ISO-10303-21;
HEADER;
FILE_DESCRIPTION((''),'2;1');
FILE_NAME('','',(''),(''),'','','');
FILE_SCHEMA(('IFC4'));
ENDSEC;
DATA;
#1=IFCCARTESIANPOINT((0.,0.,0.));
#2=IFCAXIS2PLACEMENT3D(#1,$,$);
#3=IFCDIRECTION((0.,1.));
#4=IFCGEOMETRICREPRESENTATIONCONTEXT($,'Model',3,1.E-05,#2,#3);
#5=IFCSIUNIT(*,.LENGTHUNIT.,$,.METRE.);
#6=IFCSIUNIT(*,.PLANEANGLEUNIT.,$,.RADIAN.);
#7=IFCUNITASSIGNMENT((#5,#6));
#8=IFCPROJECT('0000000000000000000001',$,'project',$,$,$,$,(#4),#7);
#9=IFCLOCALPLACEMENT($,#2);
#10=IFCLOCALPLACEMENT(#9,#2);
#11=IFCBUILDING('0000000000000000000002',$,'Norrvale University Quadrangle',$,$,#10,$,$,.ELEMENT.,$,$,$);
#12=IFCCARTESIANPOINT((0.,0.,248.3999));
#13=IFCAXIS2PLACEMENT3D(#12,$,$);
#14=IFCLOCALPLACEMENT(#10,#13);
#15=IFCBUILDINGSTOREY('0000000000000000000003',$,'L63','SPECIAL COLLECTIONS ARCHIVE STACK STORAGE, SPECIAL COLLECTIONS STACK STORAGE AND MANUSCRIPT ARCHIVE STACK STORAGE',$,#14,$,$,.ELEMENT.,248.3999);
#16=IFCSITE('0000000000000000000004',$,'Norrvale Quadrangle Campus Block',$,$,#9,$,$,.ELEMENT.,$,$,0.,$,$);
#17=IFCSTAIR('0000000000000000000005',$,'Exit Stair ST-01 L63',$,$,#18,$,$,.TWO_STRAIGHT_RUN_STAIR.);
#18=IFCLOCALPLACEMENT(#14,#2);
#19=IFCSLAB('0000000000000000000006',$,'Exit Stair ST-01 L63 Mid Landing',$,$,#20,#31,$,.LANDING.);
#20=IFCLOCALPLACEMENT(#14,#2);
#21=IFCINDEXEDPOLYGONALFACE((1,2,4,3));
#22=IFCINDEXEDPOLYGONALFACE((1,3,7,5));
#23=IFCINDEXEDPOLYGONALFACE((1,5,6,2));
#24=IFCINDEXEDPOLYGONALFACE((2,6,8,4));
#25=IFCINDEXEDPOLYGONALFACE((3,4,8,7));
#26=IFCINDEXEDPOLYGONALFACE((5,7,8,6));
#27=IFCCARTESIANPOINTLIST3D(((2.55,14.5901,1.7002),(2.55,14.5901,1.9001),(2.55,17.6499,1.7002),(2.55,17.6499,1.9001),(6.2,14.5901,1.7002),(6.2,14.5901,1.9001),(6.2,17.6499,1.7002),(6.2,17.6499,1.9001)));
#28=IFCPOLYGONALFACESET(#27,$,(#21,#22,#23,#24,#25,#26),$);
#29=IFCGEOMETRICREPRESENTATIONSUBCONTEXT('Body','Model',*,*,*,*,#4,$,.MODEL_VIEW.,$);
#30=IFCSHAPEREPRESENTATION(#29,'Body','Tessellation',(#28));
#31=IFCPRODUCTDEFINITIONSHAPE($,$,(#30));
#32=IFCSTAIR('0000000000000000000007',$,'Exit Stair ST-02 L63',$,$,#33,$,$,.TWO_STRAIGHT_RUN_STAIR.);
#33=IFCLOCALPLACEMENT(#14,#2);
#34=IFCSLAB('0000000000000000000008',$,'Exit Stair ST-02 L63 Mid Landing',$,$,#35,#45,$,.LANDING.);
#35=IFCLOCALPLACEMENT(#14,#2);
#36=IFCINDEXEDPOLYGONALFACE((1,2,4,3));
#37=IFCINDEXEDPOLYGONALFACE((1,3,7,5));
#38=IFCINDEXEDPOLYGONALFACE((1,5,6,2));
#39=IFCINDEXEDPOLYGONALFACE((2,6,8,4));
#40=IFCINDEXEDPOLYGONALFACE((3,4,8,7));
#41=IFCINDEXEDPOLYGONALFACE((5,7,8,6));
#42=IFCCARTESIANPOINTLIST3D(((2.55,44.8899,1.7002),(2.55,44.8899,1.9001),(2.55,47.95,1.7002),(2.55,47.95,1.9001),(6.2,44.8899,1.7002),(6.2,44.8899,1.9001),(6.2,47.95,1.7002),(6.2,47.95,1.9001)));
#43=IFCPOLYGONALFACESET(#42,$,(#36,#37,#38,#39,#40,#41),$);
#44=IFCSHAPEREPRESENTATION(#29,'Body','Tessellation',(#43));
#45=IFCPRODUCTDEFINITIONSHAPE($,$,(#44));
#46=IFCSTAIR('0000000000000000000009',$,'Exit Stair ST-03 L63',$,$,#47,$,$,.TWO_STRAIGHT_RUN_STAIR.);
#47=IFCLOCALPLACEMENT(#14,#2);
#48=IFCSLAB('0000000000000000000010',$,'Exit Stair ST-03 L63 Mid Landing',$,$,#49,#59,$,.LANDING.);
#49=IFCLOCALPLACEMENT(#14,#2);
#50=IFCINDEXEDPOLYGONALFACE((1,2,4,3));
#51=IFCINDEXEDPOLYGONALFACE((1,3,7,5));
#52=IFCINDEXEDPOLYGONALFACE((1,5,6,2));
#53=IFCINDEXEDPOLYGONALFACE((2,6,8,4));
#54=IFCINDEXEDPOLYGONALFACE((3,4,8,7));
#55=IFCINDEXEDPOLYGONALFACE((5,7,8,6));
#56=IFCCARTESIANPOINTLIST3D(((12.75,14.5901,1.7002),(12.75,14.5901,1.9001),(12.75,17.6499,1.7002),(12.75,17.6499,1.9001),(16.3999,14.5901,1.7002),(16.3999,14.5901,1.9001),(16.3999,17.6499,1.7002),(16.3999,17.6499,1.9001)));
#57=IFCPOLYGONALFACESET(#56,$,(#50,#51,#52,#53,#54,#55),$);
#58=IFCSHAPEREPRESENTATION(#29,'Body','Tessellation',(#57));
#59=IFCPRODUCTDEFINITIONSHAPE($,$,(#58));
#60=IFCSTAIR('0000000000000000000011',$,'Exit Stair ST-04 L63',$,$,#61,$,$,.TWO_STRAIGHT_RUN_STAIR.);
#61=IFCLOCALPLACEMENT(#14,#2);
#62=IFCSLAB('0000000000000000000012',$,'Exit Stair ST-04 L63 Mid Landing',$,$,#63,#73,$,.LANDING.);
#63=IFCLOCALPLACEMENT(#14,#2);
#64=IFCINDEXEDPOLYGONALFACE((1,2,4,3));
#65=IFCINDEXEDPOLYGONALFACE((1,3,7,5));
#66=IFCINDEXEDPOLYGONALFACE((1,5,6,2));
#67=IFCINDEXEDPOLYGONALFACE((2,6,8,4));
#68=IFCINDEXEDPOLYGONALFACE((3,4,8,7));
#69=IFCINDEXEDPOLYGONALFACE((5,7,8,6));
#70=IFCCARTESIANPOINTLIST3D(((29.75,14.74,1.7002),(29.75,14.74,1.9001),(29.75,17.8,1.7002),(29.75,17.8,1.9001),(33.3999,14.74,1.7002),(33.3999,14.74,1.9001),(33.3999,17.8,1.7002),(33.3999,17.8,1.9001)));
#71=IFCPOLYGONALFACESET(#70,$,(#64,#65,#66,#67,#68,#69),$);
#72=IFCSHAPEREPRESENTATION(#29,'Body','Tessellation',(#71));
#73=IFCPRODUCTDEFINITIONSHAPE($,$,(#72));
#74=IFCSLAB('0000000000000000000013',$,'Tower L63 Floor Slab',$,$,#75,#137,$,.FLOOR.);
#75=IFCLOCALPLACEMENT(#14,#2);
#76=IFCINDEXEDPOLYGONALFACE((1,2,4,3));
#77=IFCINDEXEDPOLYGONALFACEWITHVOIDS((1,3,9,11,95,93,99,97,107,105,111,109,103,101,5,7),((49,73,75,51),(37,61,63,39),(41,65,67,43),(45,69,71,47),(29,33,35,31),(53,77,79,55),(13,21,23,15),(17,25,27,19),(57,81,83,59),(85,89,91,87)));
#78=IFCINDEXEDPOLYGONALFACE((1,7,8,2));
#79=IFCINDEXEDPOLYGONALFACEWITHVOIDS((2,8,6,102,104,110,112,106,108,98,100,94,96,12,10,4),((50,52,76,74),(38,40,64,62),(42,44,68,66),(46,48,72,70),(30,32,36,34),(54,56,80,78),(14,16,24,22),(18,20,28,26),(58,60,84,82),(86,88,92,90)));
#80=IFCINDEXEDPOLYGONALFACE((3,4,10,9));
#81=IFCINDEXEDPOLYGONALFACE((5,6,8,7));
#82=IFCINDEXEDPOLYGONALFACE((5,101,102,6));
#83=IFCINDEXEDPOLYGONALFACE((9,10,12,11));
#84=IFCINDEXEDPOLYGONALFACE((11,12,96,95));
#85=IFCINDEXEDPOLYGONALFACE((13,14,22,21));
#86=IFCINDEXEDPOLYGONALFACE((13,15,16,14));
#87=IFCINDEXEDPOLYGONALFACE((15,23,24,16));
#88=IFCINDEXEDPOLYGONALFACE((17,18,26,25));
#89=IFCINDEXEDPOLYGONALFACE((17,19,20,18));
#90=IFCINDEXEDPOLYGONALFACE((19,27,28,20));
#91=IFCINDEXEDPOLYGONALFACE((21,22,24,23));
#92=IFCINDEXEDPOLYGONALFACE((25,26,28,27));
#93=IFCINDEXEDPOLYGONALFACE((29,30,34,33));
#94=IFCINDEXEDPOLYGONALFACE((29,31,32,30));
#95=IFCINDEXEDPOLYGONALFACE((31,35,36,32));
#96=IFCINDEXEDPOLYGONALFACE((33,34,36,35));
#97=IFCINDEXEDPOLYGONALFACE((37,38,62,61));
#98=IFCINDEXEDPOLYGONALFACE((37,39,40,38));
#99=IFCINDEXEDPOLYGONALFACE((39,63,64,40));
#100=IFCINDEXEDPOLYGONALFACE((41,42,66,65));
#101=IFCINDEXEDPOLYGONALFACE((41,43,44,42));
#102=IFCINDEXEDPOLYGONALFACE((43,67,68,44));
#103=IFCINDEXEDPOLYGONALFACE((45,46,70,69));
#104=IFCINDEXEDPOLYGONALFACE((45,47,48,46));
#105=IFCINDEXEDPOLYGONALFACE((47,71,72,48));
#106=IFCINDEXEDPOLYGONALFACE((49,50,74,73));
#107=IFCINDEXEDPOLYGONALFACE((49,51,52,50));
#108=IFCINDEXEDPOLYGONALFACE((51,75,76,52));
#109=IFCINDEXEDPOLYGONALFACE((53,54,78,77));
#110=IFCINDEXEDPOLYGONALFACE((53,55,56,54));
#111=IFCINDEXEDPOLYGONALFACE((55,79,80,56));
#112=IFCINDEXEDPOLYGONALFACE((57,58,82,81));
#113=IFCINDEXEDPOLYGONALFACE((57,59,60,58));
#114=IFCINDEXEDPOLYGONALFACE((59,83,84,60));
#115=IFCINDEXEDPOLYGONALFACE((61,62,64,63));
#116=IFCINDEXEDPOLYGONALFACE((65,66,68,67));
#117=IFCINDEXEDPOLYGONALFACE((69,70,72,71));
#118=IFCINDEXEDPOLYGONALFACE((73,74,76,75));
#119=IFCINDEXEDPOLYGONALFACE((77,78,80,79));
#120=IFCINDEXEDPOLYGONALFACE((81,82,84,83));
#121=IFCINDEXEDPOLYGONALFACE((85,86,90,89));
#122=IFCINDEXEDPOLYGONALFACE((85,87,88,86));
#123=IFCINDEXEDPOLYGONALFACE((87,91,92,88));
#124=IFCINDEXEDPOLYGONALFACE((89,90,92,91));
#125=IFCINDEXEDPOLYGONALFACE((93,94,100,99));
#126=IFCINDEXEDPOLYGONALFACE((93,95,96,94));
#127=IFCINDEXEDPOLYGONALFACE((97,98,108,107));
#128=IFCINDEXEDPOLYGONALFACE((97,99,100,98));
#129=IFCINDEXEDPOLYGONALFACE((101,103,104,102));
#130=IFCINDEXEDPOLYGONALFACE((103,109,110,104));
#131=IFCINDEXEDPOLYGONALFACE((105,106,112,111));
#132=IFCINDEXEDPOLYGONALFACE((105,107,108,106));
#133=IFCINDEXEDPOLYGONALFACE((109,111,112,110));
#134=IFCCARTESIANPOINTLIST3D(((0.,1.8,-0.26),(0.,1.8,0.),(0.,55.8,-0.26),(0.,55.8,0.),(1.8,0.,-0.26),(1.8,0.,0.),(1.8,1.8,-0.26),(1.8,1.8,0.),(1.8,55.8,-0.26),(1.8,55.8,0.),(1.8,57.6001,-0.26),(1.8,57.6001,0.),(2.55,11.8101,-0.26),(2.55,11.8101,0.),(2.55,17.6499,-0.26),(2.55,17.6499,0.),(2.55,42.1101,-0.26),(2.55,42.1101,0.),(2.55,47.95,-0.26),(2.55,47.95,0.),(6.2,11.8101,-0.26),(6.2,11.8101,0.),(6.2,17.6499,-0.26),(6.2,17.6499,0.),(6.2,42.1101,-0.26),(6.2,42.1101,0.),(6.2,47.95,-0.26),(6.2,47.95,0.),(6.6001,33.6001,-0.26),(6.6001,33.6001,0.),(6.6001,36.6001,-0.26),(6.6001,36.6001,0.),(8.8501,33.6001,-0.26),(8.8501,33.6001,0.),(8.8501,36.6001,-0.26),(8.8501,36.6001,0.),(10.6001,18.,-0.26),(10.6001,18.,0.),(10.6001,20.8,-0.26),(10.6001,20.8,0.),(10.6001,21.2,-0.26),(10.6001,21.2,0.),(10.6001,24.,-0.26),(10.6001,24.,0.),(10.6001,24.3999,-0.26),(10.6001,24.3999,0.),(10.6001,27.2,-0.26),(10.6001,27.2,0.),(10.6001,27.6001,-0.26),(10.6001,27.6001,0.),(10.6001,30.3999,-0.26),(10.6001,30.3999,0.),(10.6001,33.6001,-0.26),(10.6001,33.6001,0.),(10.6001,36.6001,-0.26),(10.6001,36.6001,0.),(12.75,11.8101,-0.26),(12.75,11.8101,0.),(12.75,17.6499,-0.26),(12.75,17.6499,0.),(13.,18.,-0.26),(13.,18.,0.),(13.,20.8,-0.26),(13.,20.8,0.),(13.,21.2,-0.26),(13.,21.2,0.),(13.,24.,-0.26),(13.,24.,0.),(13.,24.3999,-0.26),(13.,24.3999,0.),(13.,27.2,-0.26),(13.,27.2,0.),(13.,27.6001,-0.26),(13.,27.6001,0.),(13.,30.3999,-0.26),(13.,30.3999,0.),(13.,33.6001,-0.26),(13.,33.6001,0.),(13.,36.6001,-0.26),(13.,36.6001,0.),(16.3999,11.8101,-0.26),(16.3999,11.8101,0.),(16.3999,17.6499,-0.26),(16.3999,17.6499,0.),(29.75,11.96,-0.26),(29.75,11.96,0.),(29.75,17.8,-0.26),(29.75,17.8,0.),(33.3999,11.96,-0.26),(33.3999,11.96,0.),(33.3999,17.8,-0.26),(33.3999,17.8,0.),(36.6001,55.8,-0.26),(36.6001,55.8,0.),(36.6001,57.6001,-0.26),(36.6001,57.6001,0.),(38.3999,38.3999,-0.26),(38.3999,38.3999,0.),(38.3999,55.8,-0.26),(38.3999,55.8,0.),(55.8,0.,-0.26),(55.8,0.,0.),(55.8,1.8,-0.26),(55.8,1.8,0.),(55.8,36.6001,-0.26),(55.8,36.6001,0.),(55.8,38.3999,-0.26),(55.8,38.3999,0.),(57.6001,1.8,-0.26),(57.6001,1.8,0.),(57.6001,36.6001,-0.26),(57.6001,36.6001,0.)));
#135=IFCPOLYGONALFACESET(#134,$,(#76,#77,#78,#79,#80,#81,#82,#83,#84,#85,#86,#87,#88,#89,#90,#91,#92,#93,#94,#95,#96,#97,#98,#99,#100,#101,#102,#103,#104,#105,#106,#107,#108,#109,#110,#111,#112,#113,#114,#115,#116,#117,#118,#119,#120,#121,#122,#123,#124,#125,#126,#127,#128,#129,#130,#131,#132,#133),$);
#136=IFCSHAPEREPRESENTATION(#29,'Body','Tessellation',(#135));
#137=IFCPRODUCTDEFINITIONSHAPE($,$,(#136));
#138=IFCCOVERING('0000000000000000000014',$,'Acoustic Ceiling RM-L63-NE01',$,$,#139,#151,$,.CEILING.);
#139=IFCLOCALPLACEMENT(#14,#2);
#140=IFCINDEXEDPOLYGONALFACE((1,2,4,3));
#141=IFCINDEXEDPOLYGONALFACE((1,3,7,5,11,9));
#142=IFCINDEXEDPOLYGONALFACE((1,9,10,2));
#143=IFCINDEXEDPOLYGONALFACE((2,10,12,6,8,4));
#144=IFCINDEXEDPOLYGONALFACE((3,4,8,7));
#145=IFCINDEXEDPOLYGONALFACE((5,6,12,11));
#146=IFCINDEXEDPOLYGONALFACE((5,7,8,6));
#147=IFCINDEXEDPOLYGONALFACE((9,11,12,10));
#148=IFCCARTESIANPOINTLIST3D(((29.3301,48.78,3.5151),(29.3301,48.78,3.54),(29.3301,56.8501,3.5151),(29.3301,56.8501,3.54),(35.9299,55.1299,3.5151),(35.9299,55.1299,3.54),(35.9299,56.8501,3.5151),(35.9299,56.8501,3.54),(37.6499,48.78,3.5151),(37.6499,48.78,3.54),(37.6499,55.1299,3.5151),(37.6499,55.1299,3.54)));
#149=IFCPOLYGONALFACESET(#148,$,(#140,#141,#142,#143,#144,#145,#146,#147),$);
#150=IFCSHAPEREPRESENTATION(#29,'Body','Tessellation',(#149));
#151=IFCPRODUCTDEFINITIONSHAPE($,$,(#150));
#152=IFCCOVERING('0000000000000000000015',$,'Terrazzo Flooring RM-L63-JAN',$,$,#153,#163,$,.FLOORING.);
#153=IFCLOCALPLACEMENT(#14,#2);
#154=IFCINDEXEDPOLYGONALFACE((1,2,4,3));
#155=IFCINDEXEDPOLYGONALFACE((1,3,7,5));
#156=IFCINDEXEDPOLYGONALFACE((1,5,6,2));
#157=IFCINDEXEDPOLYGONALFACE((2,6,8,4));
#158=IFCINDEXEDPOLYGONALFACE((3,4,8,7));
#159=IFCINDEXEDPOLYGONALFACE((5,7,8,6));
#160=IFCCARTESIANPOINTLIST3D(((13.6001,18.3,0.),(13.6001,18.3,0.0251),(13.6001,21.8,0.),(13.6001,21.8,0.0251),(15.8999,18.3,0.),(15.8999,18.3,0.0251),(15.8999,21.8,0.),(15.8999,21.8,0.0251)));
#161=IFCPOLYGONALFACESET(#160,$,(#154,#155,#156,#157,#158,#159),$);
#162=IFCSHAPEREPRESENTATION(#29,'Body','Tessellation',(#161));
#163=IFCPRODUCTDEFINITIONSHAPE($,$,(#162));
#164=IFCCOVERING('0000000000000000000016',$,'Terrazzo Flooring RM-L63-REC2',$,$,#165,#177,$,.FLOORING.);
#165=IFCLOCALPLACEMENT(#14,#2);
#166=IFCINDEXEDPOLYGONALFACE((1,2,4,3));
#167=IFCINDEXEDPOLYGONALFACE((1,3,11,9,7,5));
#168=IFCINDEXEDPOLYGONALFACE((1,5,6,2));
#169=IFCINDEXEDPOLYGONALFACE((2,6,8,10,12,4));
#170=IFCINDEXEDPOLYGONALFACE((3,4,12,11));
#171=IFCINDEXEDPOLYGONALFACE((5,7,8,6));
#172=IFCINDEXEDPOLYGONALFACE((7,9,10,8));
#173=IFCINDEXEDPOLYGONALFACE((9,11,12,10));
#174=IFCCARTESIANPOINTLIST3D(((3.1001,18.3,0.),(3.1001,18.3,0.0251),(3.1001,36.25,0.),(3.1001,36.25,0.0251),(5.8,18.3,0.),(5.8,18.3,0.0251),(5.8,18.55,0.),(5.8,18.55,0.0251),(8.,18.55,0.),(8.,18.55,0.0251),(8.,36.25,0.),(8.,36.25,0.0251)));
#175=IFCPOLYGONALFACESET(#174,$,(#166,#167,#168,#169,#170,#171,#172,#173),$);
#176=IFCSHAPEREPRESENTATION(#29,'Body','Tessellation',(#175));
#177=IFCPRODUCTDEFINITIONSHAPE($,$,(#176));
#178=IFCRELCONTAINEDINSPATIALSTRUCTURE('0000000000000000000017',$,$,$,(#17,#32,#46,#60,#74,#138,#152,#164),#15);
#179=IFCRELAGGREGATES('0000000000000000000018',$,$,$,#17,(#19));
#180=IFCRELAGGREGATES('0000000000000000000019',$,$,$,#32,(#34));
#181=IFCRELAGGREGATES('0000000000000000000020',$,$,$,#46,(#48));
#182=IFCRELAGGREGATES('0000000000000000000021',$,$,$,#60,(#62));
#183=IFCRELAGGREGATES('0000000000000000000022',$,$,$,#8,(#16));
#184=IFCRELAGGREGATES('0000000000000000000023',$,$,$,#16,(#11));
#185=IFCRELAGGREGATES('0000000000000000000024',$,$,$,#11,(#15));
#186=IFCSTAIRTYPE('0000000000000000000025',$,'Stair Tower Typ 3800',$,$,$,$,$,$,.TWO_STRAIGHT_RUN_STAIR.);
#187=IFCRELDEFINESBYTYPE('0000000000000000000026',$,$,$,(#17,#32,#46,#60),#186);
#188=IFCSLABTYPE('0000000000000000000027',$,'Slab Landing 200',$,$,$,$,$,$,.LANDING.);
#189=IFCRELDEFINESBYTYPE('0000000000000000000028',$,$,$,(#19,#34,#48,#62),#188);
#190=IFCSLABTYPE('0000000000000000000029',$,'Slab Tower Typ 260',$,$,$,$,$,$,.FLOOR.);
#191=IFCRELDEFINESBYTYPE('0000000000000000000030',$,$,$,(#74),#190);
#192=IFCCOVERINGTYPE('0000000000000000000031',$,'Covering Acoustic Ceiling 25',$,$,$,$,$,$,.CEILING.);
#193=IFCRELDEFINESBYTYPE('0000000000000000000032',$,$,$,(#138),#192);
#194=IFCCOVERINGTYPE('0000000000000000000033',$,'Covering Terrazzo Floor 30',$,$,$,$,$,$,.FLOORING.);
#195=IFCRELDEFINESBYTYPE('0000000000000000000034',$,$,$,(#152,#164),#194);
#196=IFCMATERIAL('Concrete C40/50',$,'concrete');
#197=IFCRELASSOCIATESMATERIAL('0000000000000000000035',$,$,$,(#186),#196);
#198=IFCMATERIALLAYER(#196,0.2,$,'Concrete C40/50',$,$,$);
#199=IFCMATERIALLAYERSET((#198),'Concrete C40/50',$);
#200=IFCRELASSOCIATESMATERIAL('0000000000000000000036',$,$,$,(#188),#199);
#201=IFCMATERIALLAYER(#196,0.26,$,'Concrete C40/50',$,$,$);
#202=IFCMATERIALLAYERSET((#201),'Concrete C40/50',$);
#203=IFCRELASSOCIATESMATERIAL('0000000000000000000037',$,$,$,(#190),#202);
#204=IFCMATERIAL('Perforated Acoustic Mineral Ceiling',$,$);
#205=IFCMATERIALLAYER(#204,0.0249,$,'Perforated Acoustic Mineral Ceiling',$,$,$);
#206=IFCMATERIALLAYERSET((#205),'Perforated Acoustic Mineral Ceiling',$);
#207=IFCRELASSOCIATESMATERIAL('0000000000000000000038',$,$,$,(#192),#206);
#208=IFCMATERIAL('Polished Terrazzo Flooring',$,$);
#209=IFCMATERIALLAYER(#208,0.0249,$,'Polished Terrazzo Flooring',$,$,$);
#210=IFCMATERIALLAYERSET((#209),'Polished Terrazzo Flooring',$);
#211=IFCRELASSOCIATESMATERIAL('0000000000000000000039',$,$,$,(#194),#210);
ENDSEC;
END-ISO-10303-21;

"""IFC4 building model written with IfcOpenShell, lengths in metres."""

from ifc_helpers import new_model, si_unit, direction, frame, origin, place, context, subcontext, project, spatial, polyline, outline, extrude, material, layer, layer_set, type_object, element, aggregate, save


model = new_model("IFC4")

# Units and contexts
model_context = context("Model", 3, precision=1e-05, world=origin(), true_north=direction((0.0, 1.0)))
body_context = subcontext(model_context, "Body", "Model", "MODEL_VIEW")
ifc_project = project(units=[si_unit("LENGTHUNIT", "METRE"), si_unit("PLANEANGLEUNIT", "RADIAN")], contexts=[model_context])

# Site, building, storey
site_placement = place(None, origin())
site = spatial("IfcSite", under=ifc_project, at=site_placement, Name="Norrvale Quadrangle Campus Block", CompositionType="ELEMENT", RefElevation=0.0)
building_placement = place(site_placement, origin())
building = spatial("IfcBuilding", under=site, at=building_placement, Name="Norrvale University Quadrangle", CompositionType="ELEMENT")
storey_placement = place(building_placement, frame((0.0, 0.0, 248.3999)))
storey = spatial("IfcBuildingStorey", under=building, at=storey_placement, Name="L63", Description="SPECIAL COLLECTIONS ARCHIVE STACK STORAGE, SPECIAL COLLECTIONS STACK STORAGE AND MANUSCRIPT ARCHIVE STACK STORAGE", CompositionType="ELEMENT", Elevation=248.3999)

# Stairs, slabs
ifc_material_1 = material(Name="Concrete C40/50", Category="concrete")
stair_type = type_object("IfcStairType", Name="Stair Tower Typ 3800", PredefinedType="TWO_STRAIGHT_RUN_STAIR", material=ifc_material_1)
stair_1_placement = place(storey_placement, origin())
stair_1 = element("IfcStair", 1, at=stair_1_placement, inside=storey, type_object=stair_type, Name="Exit Stair ST-01 L63", PredefinedType="TWO_STRAIGHT_RUN_STAIR")
ifc_layer_1 = layer(ifc_material_1, 0.2, Name="Concrete C40/50")
ifc_layer_set_1 = layer_set([ifc_layer_1], Name="Concrete C40/50")
slab_type_1 = type_object("IfcSlabType", Name="Slab Landing 200", PredefinedType="LANDING", material=ifc_layer_set_1)
slab_1_placement = place(storey_placement, frame((0.0, 0.0, 1.7002)))
slab_1 = element("IfcSlab", 2, at=slab_1_placement, type_object=slab_type_1, Name="Exit Stair ST-01 L63 Mid Landing", PredefinedType="LANDING", context=body_context, shape_type="SweptSolid", body=[
    extrude(outline(polyline([(2.55, 14.5901), (6.2, 14.5901), (6.2, 17.6499), (2.55, 17.6499), (2.55, 14.5901)])), origin(), (0.0, 0.0, 1.0), 0.2),
])
aggregate(stair_1, [slab_1])
stair_2_placement = place(storey_placement, origin())
stair_2 = element("IfcStair", 3, at=stair_2_placement, inside=storey, type_object=stair_type, Name="Exit Stair ST-02 L63", PredefinedType="TWO_STRAIGHT_RUN_STAIR")
slab_2_placement = place(storey_placement, frame((0.0, 0.0, 1.7002)))
slab_2 = element("IfcSlab", 4, at=slab_2_placement, type_object=slab_type_1, Name="Exit Stair ST-02 L63 Mid Landing", PredefinedType="LANDING", context=body_context, shape_type="SweptSolid", body=[
    extrude(outline(polyline([(2.55, 44.8899), (6.2, 44.8899), (6.2, 47.95), (2.55, 47.95), (2.55, 44.8899)])), origin(), (0.0, 0.0, 1.0), 0.2),
])
aggregate(stair_2, [slab_2])
stair_3_placement = place(storey_placement, origin())
stair_3 = element("IfcStair", 5, at=stair_3_placement, inside=storey, type_object=stair_type, Name="Exit Stair ST-03 L63", PredefinedType="TWO_STRAIGHT_RUN_STAIR")
slab_3_placement = place(storey_placement, frame((0.0, 0.0, 1.7002)))
slab_3 = element("IfcSlab", 6, at=slab_3_placement, type_object=slab_type_1, Name="Exit Stair ST-03 L63 Mid Landing", PredefinedType="LANDING", context=body_context, shape_type="SweptSolid", body=[
    extrude(outline(polyline([(12.75, 14.5901), (16.3999, 14.5901), (16.3999, 17.6499), (12.75, 17.6499), (12.75, 14.5901)])), origin(), (0.0, 0.0, 1.0), 0.2),
])
aggregate(stair_3, [slab_3])
stair_4_placement = place(storey_placement, origin())
stair_4 = element("IfcStair", 7, at=stair_4_placement, inside=storey, type_object=stair_type, Name="Exit Stair ST-04 L63", PredefinedType="TWO_STRAIGHT_RUN_STAIR")
slab_4_placement = place(storey_placement, frame((0.0, 0.0, 1.7002)))
slab_4 = element("IfcSlab", 8, at=slab_4_placement, type_object=slab_type_1, Name="Exit Stair ST-04 L63 Mid Landing", PredefinedType="LANDING", context=body_context, shape_type="SweptSolid", body=[
    extrude(outline(polyline([(29.75, 14.74), (33.3999, 14.74), (33.3999, 17.8), (29.75, 17.8), (29.75, 14.74)])), origin(), (0.0, 0.0, 1.0), 0.2),
])
aggregate(stair_4, [slab_4])

# Slab
ifc_layer_2 = layer(ifc_material_1, 0.26, Name="Concrete C40/50")
ifc_layer_set_2 = layer_set([ifc_layer_2], Name="Concrete C40/50")
slab_type_2 = type_object("IfcSlabType", Name="Slab Tower Typ 260", PredefinedType="FLOOR", material=ifc_layer_set_2)
slab_5_placement = place(storey_placement, frame((0.0, 0.0, -0.26)))
element("IfcSlab", 9, at=slab_5_placement, inside=storey, type_object=slab_type_2, Name="Tower L63 Floor Slab", PredefinedType="FLOOR", context=body_context, shape_type="SweptSolid", body=[
    extrude(outline(polyline([(1.8, 0.0), (55.8, 0.0), (55.8, 1.8), (57.6001, 1.8), (57.6001, 36.6001), (55.8, 36.6001), (55.8, 38.3999), (38.3999, 38.3999), (38.3999, 55.8), (36.6001, 55.8), (36.6001, 57.6001), (1.8, 57.6001), (1.8, 55.8), (0.0, 55.8), (0.0, 1.8), (1.8, 1.8), (1.8, 0.0)]), holes=[polyline([(2.55, 11.8101), (6.2, 11.8101), (6.2, 17.6499), (2.55, 17.6499), (2.55, 11.8101)]), polyline([(2.55, 42.1101), (6.2, 42.1101), (6.2, 47.95), (2.55, 47.95), (2.55, 42.1101)]), polyline([(12.75, 11.8101), (16.3999, 11.8101), (16.3999, 17.6499), (12.75, 17.6499), (12.75, 11.8101)]), polyline([(29.75, 11.96), (33.3999, 11.96), (33.3999, 17.8), (29.75, 17.8), (29.75, 11.96)]), polyline([(10.6001, 18.0), (13.0, 18.0), (13.0, 20.8), (10.6001, 20.8), (10.6001, 18.0)]), polyline([(10.6001, 21.2), (13.0, 21.2), (13.0, 24.0), (10.6001, 24.0), (10.6001, 21.2)]), polyline([(10.6001, 24.3999), (13.0, 24.3999), (13.0, 27.2), (10.6001, 27.2), (10.6001, 24.3999)]), polyline([(10.6001, 27.6001), (13.0, 27.6001), (13.0, 30.3999), (10.6001, 30.3999), (10.6001, 27.6001)]), polyline([(6.6001, 33.6001), (8.8501, 33.6001), (8.8501, 36.6001), (6.6001, 36.6001), (6.6001, 33.6001)]), polyline([(10.6001, 33.6001), (13.0, 33.6001), (13.0, 36.6001), (10.6001, 36.6001), (10.6001, 33.6001)])]), origin(), (0.0, 0.0, 1.0), 0.26),
])

# Coverings
ifc_material_2 = material(Name="Perforated Acoustic Mineral Ceiling")
ifc_layer_3 = layer(ifc_material_2, 0.0249, Name="Perforated Acoustic Mineral Ceiling")
ifc_layer_set_3 = layer_set([ifc_layer_3], Name="Perforated Acoustic Mineral Ceiling")
covering_type_1 = type_object("IfcCoveringType", Name="Covering Acoustic Ceiling 25", PredefinedType="CEILING", material=ifc_layer_set_3)
covering_1_placement = place(storey_placement, frame((0.0, 0.0, 3.5151)))
element("IfcCovering", 10, at=covering_1_placement, inside=storey, type_object=covering_type_1, Name="Acoustic Ceiling RM-L63-NE01", PredefinedType="CEILING", context=body_context, shape_type="SweptSolid", body=[
    extrude(outline(polyline([(37.6499, 48.78), (29.3301, 48.78), (29.3301, 56.8501), (35.9299, 56.8501), (35.9299, 55.1299), (37.6499, 55.1299), (37.6499, 48.78)])), origin(), (0.0, 0.0, 1.0), 0.0249),
])
ifc_material_3 = material(Name="Polished Terrazzo Flooring")
ifc_layer_4 = layer(ifc_material_3, 0.0249, Name="Polished Terrazzo Flooring")
ifc_layer_set_4 = layer_set([ifc_layer_4], Name="Polished Terrazzo Flooring")
covering_type_2 = type_object("IfcCoveringType", Name="Covering Terrazzo Floor 30", PredefinedType="FLOORING", material=ifc_layer_set_4)
covering_2_placement = place(storey_placement, origin())
element("IfcCovering", 11, at=covering_2_placement, inside=storey, type_object=covering_type_2, Name="Terrazzo Flooring RM-L63-JAN", PredefinedType="FLOORING", context=body_context, shape_type="SweptSolid", body=[
    extrude(outline(polyline([(13.6001, 18.3), (13.6001, 21.8), (15.8999, 21.8), (15.8999, 18.3), (13.6001, 18.3)])), origin(), (0.0, 0.0, 1.0), 0.0251),
])
covering_3_placement = place(storey_placement, origin())
element("IfcCovering", 12, at=covering_3_placement, inside=storey, type_object=covering_type_2, Name="Terrazzo Flooring RM-L63-REC2", PredefinedType="FLOORING", context=body_context, shape_type="SweptSolid", body=[
    extrude(outline(polyline([(3.1001, 18.3), (3.1001, 36.25), (8.0, 36.25), (8.0, 18.55), (5.8, 18.55), (5.8, 18.3), (3.1001, 18.3)])), origin(), (0.0, 0.0, 1.0), 0.0251),
])

save(model, "model.ifc")
